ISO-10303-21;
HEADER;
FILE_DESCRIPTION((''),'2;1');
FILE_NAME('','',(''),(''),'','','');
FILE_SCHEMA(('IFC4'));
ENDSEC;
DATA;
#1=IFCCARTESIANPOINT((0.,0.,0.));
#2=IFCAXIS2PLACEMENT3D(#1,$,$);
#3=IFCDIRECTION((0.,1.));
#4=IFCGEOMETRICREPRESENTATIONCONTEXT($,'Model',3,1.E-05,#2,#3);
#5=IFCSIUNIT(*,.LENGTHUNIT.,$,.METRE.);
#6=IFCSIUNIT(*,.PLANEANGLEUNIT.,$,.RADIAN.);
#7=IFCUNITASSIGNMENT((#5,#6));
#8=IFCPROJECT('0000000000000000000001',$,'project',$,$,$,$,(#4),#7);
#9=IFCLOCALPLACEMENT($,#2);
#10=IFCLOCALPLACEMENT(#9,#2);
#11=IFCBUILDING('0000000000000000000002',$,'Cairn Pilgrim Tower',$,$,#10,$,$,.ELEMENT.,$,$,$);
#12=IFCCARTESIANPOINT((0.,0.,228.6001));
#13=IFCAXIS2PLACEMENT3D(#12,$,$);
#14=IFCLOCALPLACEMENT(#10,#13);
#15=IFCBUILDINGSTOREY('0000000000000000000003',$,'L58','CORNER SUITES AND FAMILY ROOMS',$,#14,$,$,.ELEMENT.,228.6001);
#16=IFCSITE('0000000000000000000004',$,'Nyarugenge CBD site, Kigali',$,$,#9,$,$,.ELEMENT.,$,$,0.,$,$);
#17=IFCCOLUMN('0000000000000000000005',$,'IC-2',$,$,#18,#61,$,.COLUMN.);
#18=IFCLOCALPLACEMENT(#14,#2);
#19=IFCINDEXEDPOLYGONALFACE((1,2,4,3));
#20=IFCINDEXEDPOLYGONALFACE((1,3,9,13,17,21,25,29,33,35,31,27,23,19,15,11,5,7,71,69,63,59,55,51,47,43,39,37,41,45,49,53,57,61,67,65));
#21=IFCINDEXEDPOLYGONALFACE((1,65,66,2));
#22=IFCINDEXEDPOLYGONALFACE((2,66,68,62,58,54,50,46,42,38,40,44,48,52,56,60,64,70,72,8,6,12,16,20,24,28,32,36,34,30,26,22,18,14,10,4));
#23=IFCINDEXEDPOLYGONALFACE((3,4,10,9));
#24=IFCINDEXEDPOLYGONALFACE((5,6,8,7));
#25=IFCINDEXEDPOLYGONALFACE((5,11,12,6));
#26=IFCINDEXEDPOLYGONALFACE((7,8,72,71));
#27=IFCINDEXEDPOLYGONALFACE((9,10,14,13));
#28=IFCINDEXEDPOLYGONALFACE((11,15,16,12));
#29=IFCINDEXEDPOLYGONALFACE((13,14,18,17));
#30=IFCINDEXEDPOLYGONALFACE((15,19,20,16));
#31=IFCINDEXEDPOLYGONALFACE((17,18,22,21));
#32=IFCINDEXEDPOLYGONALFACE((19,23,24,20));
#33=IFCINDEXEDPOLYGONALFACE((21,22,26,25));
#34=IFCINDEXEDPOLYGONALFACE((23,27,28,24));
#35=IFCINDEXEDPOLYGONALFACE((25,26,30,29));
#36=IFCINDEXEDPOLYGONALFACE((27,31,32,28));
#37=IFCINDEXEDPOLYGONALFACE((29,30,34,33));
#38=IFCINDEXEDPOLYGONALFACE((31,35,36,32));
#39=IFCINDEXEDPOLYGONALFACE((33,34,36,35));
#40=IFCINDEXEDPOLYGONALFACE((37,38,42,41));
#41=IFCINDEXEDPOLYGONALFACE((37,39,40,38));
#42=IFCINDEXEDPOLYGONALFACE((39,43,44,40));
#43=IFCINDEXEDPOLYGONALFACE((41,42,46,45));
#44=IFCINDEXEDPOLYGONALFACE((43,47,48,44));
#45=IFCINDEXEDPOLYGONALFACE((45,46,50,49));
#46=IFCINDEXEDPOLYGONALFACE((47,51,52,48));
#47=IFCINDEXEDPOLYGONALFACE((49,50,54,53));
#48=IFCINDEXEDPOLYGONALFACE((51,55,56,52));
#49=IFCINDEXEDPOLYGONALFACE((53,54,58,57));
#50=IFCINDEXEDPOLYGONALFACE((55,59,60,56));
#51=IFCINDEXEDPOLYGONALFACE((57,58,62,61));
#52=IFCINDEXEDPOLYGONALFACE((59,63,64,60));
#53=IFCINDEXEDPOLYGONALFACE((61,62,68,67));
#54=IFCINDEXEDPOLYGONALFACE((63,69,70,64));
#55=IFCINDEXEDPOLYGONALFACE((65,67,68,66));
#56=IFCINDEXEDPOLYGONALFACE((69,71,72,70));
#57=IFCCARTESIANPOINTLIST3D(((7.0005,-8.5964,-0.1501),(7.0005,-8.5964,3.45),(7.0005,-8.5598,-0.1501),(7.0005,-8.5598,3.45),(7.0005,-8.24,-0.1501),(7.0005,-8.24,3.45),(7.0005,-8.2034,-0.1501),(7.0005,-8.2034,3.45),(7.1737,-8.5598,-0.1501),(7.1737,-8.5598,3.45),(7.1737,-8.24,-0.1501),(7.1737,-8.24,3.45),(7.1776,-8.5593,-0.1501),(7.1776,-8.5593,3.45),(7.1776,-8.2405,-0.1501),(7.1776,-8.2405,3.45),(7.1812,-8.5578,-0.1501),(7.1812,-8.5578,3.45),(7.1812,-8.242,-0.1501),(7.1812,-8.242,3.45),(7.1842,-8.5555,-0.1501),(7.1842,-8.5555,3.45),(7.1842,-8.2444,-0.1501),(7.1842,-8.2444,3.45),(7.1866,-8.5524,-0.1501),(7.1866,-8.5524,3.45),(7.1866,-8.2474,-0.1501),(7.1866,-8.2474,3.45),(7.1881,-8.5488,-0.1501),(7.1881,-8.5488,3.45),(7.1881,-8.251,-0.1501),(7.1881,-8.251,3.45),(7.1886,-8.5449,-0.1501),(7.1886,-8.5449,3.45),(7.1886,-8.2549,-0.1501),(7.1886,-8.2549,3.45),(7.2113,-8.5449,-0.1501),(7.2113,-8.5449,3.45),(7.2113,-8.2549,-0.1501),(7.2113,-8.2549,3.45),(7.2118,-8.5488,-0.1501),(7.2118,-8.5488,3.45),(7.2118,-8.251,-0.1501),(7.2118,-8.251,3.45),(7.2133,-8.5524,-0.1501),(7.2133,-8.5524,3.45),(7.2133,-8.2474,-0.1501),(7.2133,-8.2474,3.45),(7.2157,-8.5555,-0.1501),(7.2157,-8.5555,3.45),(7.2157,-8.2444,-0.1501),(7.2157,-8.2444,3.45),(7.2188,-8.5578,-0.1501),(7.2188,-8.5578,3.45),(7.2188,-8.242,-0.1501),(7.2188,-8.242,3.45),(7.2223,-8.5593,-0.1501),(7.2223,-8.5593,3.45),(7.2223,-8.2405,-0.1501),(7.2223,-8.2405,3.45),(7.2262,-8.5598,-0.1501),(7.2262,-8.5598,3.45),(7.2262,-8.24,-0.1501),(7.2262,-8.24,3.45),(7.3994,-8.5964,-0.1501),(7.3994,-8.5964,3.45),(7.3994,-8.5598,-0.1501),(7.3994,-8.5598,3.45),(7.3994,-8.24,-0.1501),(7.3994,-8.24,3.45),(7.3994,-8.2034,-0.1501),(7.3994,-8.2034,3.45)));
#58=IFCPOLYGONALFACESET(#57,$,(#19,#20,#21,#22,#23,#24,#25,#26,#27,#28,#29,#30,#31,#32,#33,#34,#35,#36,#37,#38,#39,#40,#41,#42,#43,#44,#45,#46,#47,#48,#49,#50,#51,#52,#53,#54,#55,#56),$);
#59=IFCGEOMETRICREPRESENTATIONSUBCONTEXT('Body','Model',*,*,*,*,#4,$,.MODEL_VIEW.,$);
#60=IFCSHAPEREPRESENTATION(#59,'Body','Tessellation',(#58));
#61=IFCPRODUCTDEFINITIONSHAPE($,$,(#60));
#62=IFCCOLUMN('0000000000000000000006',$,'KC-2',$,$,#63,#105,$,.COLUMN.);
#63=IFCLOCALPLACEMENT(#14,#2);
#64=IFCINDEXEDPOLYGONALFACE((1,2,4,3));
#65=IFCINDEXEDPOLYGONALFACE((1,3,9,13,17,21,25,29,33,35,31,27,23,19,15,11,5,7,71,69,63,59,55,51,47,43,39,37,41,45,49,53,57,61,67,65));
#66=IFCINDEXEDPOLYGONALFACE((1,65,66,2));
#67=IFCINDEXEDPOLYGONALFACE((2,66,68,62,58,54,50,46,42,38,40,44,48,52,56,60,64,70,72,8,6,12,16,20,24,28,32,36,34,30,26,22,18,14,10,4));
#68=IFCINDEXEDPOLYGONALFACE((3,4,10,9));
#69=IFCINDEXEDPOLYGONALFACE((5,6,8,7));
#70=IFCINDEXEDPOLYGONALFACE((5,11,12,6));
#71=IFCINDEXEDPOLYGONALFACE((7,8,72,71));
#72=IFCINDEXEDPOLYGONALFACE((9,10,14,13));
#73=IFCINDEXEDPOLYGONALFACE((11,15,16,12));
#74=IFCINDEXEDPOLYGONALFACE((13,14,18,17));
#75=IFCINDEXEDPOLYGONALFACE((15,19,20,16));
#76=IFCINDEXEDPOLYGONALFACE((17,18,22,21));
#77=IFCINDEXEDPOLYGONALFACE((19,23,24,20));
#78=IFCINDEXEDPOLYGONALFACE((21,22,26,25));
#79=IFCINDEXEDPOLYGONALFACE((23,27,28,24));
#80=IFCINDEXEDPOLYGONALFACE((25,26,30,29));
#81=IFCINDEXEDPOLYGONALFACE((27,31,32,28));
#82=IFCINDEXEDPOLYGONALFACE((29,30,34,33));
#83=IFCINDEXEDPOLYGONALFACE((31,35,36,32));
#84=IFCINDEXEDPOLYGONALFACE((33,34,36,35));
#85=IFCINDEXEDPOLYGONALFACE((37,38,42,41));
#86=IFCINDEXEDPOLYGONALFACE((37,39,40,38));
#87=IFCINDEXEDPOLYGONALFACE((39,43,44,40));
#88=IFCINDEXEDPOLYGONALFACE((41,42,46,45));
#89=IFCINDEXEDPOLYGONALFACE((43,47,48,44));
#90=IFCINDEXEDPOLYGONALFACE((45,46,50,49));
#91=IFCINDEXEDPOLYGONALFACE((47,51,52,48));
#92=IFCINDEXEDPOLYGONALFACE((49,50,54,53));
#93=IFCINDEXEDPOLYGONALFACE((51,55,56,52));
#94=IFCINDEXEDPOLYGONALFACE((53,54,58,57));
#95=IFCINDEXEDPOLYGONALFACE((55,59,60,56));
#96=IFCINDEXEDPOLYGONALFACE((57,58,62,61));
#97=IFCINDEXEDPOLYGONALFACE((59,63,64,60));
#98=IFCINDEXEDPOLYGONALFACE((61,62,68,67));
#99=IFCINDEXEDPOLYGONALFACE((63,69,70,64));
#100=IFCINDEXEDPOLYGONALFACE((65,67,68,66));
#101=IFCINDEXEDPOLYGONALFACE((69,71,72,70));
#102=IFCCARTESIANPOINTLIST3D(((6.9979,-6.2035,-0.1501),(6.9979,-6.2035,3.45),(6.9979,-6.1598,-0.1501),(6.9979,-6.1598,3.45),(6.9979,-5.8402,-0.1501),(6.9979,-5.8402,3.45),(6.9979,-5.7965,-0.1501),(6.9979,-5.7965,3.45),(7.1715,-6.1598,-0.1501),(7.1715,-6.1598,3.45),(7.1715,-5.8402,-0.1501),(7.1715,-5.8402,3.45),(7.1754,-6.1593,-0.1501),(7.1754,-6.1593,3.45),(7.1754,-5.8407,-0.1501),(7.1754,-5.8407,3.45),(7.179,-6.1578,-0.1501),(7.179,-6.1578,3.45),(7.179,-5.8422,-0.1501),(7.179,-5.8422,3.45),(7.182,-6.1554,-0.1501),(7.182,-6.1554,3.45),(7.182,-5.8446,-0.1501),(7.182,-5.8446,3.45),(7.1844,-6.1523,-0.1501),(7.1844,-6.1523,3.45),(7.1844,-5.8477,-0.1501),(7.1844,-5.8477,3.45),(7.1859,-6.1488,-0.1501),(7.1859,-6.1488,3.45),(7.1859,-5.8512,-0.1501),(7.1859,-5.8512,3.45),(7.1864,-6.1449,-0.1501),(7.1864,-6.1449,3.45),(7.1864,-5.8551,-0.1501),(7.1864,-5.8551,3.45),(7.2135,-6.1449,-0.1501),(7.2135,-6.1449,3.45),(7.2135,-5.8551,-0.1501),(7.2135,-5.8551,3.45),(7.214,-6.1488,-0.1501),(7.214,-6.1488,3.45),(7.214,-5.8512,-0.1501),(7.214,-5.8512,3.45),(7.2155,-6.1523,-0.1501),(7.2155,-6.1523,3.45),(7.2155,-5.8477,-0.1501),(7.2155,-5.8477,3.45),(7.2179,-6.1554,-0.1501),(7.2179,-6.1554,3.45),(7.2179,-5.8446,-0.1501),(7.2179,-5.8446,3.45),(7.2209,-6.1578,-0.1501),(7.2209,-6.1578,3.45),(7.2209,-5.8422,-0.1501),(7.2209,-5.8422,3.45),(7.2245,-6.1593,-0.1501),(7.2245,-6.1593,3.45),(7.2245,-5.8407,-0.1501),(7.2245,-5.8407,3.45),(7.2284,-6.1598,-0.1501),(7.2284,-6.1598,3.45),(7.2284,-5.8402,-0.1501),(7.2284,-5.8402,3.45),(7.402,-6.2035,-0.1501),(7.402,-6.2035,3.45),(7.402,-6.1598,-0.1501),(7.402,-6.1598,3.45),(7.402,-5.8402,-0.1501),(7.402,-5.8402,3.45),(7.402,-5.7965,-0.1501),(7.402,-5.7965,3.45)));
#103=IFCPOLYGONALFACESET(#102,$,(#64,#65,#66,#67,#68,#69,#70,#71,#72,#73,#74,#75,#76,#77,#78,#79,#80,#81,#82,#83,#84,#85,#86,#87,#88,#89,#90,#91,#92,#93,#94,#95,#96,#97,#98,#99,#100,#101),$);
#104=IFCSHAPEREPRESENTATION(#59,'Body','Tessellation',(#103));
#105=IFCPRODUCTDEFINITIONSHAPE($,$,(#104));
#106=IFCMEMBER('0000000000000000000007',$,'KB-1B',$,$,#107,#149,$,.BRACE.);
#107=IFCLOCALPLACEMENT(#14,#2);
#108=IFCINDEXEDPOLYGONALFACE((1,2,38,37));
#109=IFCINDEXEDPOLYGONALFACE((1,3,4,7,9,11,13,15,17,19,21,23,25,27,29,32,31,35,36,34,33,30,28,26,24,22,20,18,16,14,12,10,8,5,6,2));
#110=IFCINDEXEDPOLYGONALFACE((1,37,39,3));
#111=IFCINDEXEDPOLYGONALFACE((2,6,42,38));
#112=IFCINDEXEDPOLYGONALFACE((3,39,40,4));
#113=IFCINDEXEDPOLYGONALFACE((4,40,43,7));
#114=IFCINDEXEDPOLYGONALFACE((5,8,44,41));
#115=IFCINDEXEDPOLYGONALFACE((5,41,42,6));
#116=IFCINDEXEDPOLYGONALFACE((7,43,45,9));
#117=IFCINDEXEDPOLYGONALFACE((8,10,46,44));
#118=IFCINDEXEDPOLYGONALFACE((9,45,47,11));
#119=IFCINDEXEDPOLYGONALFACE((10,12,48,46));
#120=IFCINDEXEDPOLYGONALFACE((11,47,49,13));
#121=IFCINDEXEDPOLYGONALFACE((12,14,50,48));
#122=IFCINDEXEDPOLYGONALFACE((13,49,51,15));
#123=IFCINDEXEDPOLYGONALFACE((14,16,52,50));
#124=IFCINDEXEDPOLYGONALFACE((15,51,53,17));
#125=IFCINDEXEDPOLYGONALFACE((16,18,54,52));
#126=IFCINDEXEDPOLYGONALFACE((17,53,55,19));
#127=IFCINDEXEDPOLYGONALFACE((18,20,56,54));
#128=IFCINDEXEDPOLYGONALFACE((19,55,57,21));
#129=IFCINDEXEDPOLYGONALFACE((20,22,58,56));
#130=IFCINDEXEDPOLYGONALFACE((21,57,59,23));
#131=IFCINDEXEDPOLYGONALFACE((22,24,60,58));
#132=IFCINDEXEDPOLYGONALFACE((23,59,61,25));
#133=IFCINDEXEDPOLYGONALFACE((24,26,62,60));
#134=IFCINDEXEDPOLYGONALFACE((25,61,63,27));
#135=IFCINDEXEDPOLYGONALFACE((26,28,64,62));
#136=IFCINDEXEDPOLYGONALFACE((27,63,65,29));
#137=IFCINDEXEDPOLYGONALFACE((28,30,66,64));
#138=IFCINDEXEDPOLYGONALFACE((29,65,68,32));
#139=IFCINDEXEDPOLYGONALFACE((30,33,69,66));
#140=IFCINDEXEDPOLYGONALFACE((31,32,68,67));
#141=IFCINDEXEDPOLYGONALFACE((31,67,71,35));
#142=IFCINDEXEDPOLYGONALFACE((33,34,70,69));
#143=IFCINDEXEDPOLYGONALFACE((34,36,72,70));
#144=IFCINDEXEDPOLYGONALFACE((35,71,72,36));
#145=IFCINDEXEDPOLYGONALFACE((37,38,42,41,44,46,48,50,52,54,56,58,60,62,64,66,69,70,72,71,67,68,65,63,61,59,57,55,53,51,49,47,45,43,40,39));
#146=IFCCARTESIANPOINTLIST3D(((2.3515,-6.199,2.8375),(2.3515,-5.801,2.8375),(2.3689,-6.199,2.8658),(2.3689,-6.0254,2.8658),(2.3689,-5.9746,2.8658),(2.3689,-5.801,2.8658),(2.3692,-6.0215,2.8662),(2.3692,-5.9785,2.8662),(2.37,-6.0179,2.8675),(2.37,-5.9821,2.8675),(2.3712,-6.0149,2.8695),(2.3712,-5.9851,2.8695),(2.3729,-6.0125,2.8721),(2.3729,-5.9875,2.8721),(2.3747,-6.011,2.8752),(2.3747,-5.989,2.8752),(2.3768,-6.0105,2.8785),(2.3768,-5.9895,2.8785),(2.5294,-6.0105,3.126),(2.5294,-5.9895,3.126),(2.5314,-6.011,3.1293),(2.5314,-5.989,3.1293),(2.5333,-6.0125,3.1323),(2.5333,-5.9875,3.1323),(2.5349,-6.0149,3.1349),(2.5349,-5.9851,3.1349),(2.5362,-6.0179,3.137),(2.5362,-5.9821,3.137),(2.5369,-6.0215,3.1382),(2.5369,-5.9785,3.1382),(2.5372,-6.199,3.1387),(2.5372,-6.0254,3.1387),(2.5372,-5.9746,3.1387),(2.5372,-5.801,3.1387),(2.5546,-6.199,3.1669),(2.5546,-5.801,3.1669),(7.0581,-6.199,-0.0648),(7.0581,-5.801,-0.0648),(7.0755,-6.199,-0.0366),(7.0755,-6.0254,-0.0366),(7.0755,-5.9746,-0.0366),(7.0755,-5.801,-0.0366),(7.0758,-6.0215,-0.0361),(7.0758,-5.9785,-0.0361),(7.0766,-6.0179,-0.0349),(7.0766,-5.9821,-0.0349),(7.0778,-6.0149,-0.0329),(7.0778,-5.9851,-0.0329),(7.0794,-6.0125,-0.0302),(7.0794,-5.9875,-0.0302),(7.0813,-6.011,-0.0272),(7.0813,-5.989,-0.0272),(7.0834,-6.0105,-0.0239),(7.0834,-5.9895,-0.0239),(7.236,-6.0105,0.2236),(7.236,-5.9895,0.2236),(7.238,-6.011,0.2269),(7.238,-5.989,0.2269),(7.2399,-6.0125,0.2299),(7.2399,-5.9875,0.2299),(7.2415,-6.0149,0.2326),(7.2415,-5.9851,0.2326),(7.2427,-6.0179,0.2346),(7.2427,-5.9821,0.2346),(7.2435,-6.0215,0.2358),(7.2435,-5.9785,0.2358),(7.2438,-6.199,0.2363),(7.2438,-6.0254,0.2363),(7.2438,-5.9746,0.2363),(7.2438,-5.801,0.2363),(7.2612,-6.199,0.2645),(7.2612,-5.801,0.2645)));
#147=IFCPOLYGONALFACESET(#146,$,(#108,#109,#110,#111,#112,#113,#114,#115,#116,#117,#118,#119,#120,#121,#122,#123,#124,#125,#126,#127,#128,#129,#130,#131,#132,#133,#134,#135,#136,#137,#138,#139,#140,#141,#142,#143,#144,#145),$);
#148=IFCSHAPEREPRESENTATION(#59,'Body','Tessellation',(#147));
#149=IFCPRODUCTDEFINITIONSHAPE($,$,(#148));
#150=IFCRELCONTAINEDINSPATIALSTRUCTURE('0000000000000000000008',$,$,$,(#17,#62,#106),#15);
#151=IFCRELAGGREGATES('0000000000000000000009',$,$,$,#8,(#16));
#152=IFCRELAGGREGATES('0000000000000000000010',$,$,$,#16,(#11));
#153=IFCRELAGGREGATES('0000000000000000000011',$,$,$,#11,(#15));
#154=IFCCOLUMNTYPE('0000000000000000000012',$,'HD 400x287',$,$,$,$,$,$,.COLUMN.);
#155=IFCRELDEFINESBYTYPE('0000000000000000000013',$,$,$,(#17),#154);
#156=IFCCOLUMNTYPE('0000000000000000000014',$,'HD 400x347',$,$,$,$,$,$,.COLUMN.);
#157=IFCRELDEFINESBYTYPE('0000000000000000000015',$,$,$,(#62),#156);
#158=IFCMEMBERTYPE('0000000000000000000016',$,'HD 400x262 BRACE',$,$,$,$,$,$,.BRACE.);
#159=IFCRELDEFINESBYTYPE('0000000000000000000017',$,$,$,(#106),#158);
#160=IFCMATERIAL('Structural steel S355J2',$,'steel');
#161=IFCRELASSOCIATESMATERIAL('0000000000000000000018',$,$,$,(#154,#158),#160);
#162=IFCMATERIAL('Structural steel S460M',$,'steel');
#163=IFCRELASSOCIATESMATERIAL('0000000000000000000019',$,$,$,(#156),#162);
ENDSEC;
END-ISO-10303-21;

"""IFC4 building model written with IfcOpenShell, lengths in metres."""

from ifc_helpers import new_model, si_unit, direction, frame, origin, origin_2d, place, context, subcontext, project, spatial, i_section, extrude, material, material_profile, profile_set, type_object, element, save


model = new_model("IFC4")

# Units and contexts
model_context = context("Model", 3, precision=1e-05, world=origin(), true_north=direction((0.0, 1.0)))
body_context = subcontext(model_context, "Body", "Model", "MODEL_VIEW")
ifc_project = project(units=[si_unit("LENGTHUNIT", "METRE"), si_unit("PLANEANGLEUNIT", "RADIAN")], contexts=[model_context])

# Site, building, storey
site_placement = place(None, origin())
site = spatial("IfcSite", under=ifc_project, at=site_placement, Name="Nyarugenge CBD site, Kigali", CompositionType="ELEMENT", RefElevation=0.0)
building_placement = place(site_placement, origin())
building = spatial("IfcBuilding", under=site, at=building_placement, Name="Cairn Pilgrim Tower", CompositionType="ELEMENT")
storey_placement = place(building_placement, frame((0.0, 0.0, 228.6001)))
storey = spatial("IfcBuildingStorey", under=building, at=storey_placement, Name="L58", Description="CORNER SUITES AND FAMILY ROOMS", CompositionType="ELEMENT", Elevation=228.6001)

# Columns
ifc_material_1 = material(Name="Structural steel S355J2", Category="steel")
ifc_material_profile_1 = material_profile(ifc_material_1, i_section(OverallWidth=0.3989, OverallDepth=0.3931, WebThickness=0.0227, FlangeThickness=0.0366, FilletRadius=0.0149, at=origin_2d()), Name="HD 400x287")
ifc_profile_set_1 = profile_set([ifc_material_profile_1], Name="Structural steel S355J2")
column_type_1 = type_object("IfcColumnType", Name="HD 400x287", PredefinedType="COLUMN", material=ifc_profile_set_1)
column_1_placement = place(storey_placement, frame((7.2, -8.3999, -0.1501), z_axis=(0.0, 0.0, 1.0), x_axis=(1.0, 0.0, 0.0)))
element("IfcColumn", 1, at=column_1_placement, inside=storey, type_object=column_type_1, Name="IC-2", PredefinedType="COLUMN", context=body_context, shape_type="SweptSolid", body=[
    extrude(i_section(OverallWidth=0.3989, OverallDepth=0.3931, WebThickness=0.0227, FlangeThickness=0.0366, FilletRadius=0.0149, at=origin_2d()), origin(), (0.0, 0.0, 1.0), 3.6001),
])
ifc_material_2 = material(Name="Structural steel S460M", Category="steel")
ifc_material_profile_2 = material_profile(ifc_material_2, i_section(OverallWidth=0.4041, OverallDepth=0.407, WebThickness=0.0271, FlangeThickness=0.0437, FilletRadius=0.0149, at=origin_2d()), Name="HD 400x347")
ifc_profile_set_2 = profile_set([ifc_material_profile_2], Name="Structural steel S460M")
column_type_2 = type_object("IfcColumnType", Name="HD 400x347", PredefinedType="COLUMN", material=ifc_profile_set_2)
column_2_placement = place(storey_placement, frame((7.2, -6.0, -0.1501), z_axis=(0.0, 0.0, 1.0), x_axis=(1.0, 0.0, 0.0)))
element("IfcColumn", 2, at=column_2_placement, inside=storey, type_object=column_type_2, Name="KC-2", PredefinedType="COLUMN", context=body_context, shape_type="SweptSolid", body=[
    extrude(i_section(OverallWidth=0.4041, OverallDepth=0.407, WebThickness=0.0271, FlangeThickness=0.0437, FilletRadius=0.0149, at=origin_2d()), origin(), (0.0, 0.0, 1.0), 3.6001),
])

# Member
ifc_material_profile_3 = material_profile(ifc_material_1, i_section(OverallWidth=0.3979, OverallDepth=0.387, WebThickness=0.021, FlangeThickness=0.0332, FilletRadius=0.0149, at=origin_2d()), Name="HD 400x262")
ifc_profile_set_3 = profile_set([ifc_material_profile_3], Name="Structural steel S355J2")
member_type = type_object("IfcMemberType", Name="HD 400x262 BRACE", PredefinedType="BRACE", material=ifc_profile_set_3)
member_placement = place(storey_placement, frame((7.1597, -6.0, 0.0999), z_axis=(-0.851173, 0.0, 0.524886), x_axis=(0.0, -1.0, 0.0)))
element("IfcMember", 3, at=member_placement, inside=storey, type_object=member_type, Name="KB-1B", PredefinedType="BRACE", context=body_context, shape_type="SweptSolid", body=[
    extrude(i_section(OverallWidth=0.3979, OverallDepth=0.387, WebThickness=0.021, FlangeThickness=0.0332, FilletRadius=0.0149, at=origin_2d()), origin(), (0.0, 0.0, 1.0), 5.5295),
])

save(model, "model.ifc")
